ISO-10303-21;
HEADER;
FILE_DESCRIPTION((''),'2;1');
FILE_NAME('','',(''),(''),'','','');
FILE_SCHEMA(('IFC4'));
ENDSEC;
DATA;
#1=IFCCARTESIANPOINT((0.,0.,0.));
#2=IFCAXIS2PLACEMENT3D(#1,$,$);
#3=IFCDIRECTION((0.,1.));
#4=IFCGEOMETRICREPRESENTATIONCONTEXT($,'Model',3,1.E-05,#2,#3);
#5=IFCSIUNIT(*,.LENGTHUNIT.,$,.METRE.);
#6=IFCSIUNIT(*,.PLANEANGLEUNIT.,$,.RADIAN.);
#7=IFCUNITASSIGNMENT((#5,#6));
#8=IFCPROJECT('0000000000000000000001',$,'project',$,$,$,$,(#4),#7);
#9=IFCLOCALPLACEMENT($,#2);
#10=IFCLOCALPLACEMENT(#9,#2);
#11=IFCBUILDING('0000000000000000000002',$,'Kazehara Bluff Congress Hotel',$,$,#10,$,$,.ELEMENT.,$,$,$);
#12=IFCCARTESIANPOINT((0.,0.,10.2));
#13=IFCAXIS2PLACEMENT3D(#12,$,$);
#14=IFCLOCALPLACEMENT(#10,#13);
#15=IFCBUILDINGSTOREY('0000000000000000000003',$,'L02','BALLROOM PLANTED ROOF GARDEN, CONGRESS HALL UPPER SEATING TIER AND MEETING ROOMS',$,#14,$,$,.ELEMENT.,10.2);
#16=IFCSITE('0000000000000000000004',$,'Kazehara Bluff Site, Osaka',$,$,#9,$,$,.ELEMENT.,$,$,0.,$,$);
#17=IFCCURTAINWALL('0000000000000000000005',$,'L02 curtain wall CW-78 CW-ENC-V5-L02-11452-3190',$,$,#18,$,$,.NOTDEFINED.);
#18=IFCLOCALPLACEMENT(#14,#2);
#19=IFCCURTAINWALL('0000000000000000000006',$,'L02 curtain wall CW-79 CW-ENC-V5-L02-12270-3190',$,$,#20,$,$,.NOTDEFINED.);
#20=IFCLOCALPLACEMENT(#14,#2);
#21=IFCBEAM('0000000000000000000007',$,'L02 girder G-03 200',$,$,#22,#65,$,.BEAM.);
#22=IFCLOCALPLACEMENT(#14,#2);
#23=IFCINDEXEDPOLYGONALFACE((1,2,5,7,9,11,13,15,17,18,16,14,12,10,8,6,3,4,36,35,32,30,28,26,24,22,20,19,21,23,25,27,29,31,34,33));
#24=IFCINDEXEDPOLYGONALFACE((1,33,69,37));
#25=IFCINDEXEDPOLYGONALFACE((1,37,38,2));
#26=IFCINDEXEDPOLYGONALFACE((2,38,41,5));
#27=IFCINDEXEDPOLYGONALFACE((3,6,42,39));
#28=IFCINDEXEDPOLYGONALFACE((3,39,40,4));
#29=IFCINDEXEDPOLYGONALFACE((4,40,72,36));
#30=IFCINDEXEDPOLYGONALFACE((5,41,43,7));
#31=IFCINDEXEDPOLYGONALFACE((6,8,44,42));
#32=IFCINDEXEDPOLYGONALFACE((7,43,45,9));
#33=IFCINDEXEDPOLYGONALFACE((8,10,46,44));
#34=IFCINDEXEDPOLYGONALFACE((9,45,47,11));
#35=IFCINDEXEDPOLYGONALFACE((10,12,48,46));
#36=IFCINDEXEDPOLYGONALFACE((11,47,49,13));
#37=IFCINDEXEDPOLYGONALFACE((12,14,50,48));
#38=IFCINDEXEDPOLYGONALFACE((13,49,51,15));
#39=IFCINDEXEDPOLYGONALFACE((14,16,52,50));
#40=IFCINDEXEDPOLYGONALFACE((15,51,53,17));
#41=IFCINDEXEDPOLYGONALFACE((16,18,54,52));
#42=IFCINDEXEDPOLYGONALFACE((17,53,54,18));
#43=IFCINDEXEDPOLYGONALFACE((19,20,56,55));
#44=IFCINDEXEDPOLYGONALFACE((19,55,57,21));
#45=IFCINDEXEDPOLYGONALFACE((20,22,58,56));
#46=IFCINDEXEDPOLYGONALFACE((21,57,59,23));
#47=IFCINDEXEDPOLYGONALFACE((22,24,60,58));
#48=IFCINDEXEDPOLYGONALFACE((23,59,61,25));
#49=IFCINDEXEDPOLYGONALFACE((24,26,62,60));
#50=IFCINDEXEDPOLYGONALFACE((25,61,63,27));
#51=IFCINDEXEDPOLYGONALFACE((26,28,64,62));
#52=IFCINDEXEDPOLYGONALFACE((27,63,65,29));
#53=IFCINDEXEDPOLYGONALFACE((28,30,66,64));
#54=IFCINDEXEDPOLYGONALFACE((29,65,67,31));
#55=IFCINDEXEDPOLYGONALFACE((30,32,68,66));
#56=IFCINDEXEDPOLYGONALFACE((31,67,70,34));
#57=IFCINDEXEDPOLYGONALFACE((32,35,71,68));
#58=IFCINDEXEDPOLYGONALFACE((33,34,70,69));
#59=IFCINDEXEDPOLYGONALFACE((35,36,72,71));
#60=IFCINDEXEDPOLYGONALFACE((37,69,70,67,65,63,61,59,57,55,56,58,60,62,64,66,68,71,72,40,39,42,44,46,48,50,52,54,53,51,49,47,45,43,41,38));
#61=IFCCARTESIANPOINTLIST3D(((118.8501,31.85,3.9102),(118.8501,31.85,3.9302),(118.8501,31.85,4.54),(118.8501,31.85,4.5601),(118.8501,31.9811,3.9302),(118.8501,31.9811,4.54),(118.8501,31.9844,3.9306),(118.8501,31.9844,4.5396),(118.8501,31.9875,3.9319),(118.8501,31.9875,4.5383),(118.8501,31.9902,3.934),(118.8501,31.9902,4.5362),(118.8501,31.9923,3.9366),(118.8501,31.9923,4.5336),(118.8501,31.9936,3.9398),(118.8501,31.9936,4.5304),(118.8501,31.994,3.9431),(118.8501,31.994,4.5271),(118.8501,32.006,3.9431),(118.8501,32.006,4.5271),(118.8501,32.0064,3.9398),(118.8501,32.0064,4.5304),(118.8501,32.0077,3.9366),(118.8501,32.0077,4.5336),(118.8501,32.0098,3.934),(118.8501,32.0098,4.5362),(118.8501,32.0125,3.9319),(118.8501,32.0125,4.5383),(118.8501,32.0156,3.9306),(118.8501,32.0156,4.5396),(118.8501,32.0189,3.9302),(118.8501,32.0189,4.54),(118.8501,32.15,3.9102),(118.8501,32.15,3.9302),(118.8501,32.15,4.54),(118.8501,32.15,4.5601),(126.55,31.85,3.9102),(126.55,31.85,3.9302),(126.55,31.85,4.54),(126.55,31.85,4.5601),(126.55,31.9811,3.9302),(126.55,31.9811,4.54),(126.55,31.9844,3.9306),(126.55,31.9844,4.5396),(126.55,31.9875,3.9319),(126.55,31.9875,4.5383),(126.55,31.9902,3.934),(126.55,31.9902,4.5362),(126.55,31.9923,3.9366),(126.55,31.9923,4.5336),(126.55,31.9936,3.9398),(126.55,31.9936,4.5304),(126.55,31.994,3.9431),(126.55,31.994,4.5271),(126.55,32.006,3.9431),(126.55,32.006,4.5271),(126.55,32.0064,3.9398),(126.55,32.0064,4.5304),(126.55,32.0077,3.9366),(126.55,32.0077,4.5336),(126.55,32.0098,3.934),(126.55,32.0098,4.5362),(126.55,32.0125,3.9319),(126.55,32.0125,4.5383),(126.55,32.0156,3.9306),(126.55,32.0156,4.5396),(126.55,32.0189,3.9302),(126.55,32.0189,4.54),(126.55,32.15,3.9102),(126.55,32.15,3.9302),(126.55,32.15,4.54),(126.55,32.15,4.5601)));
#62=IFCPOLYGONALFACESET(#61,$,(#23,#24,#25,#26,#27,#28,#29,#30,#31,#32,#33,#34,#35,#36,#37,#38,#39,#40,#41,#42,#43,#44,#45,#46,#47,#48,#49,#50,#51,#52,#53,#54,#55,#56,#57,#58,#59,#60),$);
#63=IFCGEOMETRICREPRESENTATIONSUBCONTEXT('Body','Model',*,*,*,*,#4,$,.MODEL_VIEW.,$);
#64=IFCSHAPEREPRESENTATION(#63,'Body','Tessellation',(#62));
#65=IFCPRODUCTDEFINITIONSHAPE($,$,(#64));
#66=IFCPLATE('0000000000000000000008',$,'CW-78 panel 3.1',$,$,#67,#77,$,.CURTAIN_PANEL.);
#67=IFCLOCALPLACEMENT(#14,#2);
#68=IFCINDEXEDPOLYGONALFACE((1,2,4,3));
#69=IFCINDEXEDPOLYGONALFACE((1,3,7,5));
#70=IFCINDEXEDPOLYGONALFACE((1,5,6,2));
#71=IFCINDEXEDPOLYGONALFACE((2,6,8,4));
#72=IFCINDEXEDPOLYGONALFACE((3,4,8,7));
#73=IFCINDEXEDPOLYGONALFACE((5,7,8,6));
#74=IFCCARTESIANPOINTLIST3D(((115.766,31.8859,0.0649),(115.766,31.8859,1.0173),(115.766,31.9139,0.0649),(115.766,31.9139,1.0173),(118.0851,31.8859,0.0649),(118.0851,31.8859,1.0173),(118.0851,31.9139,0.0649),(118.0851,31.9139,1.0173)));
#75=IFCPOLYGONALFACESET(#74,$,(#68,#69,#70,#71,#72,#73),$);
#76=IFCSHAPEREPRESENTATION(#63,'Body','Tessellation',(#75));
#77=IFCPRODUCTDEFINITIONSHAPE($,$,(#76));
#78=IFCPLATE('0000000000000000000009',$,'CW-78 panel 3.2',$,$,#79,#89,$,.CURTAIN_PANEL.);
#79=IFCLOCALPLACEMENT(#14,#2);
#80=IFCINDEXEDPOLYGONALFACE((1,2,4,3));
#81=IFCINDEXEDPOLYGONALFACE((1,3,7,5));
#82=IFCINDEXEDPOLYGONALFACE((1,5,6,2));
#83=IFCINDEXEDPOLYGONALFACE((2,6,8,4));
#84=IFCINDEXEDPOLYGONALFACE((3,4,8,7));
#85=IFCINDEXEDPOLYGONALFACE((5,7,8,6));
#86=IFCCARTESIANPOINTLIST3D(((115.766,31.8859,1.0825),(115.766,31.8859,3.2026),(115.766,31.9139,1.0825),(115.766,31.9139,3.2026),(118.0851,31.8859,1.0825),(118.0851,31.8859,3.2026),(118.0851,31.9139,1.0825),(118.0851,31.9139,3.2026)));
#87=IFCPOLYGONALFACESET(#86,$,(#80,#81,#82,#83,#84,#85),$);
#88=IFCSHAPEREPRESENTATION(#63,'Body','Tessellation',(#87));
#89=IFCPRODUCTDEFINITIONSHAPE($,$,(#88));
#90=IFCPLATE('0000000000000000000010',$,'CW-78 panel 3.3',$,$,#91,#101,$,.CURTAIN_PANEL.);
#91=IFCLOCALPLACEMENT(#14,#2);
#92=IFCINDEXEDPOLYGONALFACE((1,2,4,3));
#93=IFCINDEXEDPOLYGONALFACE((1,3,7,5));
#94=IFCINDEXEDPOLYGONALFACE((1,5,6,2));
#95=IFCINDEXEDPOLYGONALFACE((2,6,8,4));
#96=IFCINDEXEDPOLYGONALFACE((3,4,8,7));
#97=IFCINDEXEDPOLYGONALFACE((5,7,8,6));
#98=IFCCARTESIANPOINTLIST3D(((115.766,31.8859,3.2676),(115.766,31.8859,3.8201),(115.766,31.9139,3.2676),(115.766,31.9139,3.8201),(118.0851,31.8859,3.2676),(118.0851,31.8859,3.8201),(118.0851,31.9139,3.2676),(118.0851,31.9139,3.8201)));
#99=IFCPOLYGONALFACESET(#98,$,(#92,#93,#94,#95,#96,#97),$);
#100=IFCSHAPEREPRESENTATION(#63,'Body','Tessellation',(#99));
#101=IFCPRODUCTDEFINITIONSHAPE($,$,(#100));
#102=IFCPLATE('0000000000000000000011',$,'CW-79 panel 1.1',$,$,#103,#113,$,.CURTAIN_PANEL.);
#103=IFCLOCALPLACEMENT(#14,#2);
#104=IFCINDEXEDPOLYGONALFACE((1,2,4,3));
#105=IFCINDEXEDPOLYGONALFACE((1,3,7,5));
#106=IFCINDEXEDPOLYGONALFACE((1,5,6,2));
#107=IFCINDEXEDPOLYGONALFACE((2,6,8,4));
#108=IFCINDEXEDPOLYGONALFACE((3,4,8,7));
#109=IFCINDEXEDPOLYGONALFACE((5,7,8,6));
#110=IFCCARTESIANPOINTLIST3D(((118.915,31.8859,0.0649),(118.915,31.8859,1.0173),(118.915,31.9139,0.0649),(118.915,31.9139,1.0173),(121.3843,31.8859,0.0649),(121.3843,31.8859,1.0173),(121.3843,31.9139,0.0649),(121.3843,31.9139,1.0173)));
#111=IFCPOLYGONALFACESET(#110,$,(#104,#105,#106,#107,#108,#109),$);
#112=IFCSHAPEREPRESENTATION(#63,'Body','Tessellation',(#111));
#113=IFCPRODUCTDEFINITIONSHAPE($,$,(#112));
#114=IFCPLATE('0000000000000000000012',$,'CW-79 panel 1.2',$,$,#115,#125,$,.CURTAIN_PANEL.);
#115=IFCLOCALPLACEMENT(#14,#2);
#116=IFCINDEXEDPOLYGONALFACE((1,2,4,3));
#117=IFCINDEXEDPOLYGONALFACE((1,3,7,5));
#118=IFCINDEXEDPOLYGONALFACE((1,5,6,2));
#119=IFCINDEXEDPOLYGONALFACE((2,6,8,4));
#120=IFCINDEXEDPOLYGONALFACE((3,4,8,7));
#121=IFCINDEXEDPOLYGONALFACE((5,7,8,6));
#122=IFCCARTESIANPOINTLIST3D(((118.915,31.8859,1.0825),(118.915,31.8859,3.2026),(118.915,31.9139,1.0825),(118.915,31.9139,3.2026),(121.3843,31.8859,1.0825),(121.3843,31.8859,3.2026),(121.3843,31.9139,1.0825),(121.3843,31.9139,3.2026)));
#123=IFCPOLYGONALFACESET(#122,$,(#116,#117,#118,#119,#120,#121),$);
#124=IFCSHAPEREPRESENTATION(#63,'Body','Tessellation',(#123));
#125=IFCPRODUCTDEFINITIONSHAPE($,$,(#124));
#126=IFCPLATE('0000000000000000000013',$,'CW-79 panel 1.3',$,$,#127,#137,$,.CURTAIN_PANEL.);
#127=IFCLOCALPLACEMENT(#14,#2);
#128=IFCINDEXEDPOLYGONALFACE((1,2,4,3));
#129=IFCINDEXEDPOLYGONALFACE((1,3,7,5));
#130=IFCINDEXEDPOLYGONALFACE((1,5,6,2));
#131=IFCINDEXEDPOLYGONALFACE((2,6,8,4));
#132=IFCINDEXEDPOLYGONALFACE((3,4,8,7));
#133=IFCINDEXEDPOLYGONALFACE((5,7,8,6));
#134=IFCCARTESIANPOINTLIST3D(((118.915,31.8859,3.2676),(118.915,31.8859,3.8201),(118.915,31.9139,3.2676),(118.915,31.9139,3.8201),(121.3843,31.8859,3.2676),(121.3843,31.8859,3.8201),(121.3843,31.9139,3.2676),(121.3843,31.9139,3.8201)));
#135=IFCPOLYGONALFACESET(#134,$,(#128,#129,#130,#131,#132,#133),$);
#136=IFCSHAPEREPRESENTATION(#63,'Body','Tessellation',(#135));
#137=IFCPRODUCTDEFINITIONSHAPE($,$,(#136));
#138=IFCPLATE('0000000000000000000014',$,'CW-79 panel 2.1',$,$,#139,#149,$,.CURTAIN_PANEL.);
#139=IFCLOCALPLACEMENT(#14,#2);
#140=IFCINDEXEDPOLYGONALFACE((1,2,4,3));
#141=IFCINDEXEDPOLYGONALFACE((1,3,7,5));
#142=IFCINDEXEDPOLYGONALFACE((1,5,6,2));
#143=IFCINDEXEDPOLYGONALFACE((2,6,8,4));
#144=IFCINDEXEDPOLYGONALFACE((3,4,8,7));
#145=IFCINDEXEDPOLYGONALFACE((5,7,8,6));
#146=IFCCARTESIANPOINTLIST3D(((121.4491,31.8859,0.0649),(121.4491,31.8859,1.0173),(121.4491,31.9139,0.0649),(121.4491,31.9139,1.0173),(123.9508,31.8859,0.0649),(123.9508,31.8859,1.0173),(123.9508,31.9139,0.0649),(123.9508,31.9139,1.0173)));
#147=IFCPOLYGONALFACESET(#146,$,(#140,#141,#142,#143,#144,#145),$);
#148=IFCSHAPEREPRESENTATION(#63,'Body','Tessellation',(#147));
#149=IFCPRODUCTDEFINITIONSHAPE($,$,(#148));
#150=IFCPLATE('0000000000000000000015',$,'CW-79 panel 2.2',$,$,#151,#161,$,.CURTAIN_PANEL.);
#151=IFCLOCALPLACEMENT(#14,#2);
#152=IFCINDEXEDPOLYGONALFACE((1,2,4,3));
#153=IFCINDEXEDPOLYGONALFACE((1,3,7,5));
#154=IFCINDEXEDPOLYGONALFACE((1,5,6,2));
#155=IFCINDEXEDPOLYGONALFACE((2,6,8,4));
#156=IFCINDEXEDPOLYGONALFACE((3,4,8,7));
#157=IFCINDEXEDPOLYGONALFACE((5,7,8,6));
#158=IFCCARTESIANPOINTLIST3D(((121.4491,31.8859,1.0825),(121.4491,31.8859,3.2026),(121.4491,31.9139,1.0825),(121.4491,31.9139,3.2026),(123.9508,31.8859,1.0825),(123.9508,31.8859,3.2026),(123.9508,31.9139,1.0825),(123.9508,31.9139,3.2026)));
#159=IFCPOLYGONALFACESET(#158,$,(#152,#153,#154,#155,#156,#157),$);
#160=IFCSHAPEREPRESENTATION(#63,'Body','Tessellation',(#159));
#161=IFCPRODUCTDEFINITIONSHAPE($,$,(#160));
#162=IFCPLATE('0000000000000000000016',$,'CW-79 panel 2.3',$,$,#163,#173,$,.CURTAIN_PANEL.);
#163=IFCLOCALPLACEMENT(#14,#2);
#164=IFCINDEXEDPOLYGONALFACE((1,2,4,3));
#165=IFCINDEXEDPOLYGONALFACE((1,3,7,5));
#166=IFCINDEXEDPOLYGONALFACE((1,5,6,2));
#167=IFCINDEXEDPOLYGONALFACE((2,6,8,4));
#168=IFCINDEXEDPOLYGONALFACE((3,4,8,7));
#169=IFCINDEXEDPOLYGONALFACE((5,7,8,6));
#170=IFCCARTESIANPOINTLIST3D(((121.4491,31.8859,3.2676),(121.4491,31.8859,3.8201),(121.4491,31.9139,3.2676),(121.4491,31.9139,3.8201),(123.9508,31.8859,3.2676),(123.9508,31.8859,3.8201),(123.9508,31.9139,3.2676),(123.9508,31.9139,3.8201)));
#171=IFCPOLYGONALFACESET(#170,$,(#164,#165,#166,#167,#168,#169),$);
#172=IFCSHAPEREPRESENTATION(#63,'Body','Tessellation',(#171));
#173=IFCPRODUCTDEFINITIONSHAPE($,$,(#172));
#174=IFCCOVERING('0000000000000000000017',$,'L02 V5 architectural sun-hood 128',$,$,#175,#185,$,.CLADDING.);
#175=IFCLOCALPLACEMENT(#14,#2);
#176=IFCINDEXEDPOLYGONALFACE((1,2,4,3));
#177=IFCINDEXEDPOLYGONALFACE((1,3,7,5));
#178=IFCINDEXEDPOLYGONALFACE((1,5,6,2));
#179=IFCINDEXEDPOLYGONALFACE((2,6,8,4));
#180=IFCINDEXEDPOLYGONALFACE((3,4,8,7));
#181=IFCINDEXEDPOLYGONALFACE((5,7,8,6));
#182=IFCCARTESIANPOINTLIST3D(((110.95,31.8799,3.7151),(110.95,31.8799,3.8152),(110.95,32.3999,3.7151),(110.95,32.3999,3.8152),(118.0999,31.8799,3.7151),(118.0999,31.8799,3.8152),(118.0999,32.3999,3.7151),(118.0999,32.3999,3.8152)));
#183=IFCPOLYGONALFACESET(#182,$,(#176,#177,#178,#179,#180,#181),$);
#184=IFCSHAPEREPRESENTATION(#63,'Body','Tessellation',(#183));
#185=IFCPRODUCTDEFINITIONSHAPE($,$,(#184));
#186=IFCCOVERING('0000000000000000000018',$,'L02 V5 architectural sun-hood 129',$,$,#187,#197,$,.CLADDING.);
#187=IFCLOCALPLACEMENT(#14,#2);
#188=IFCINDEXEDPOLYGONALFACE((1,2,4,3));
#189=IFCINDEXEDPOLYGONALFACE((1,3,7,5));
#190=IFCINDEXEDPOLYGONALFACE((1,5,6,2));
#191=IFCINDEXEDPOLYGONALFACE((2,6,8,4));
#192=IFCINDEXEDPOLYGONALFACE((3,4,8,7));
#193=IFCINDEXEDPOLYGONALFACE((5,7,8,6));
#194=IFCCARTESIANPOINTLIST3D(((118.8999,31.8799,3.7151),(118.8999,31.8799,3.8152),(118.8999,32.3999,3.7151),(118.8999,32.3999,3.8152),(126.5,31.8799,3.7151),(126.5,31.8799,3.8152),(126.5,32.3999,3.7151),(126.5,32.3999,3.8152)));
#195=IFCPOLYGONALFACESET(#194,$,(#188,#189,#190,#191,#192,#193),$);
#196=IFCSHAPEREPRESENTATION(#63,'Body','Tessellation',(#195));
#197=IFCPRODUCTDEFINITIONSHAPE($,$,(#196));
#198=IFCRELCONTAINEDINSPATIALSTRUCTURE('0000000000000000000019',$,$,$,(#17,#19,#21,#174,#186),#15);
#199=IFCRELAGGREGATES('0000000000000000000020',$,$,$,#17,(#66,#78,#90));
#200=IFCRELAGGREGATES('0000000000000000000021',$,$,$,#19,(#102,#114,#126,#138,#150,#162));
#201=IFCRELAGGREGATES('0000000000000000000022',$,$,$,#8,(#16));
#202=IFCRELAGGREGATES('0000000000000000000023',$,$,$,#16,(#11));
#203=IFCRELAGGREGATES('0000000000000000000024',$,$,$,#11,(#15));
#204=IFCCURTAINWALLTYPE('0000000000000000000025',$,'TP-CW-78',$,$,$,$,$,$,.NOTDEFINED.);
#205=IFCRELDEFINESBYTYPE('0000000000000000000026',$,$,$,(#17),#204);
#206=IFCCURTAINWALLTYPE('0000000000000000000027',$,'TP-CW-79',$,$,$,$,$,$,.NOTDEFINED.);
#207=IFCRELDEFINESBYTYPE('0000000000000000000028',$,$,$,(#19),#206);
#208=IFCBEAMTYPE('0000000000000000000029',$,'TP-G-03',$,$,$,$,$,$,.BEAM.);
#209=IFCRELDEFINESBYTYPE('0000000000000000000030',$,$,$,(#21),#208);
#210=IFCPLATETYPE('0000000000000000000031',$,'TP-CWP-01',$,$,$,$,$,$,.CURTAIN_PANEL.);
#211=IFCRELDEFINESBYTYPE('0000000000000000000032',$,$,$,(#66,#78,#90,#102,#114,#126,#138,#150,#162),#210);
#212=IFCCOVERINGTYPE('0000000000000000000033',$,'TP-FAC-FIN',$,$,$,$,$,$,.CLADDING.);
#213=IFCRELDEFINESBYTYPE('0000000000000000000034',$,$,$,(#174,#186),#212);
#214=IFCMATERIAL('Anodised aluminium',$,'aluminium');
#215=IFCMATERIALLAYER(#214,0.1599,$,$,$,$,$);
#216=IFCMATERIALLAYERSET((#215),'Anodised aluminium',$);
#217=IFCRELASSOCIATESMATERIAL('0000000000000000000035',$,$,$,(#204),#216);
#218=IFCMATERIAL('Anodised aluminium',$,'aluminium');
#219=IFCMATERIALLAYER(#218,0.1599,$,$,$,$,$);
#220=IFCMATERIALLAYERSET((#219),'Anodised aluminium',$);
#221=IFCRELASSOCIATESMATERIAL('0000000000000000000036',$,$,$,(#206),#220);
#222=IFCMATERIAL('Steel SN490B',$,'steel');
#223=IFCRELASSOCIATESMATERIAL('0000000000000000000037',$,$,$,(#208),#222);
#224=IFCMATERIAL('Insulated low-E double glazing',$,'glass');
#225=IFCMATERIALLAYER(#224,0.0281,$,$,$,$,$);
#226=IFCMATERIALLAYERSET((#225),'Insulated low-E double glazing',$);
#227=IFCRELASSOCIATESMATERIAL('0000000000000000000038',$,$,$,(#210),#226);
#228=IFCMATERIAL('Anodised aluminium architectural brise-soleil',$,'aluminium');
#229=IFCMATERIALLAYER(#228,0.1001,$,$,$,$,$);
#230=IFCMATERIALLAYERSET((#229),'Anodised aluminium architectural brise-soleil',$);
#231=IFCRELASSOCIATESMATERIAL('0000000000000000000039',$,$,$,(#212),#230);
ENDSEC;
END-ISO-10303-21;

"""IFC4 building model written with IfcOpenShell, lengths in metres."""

from ifc_helpers import new_model, si_unit, direction, frame, origin, origin_2d, place, context, subcontext, project, spatial, rectangle, i_section, extrude, material, layer, layer_set, material_profile, profile_set, type_object, element, aggregate, save


model = new_model("IFC4")

# Units and contexts
model_context = context("Model", 3, precision=1e-05, world=origin(), true_north=direction((0.0, 1.0)))
body_context = subcontext(model_context, "Body", "Model", "MODEL_VIEW")
ifc_project = project(units=[si_unit("LENGTHUNIT", "METRE"), si_unit("PLANEANGLEUNIT", "RADIAN")], contexts=[model_context])

# Site, building, storey
site_placement = place(None, origin())
site = spatial("IfcSite", under=ifc_project, at=site_placement, Name="Kazehara Bluff Site, Osaka", CompositionType="ELEMENT", RefElevation=0.0)
building_placement = place(site_placement, origin())
building = spatial("IfcBuilding", under=site, at=building_placement, Name="Kazehara Bluff Congress Hotel", CompositionType="ELEMENT")
storey_placement = place(building_placement, frame((0.0, 0.0, 10.2)))
storey = spatial("IfcBuildingStorey", under=building, at=storey_placement, Name="L02", Description="BALLROOM PLANTED ROOF GARDEN, CONGRESS HALL UPPER SEATING TIER AND MEETING ROOMS", CompositionType="ELEMENT", Elevation=10.2)

# Curtain wall
ifc_material_1 = material(Name="Anodised aluminium", Category="aluminium")
ifc_layer_1 = layer(ifc_material_1, 0.1599)
ifc_layer_set_1 = layer_set([ifc_layer_1], Name="Anodised aluminium")
curtain_wall_type_1 = type_object("IfcCurtainWallType", Name="TP-CW-78", PredefinedType="NOTDEFINED", material=ifc_layer_set_1)
curtain_wall_1_placement = place(storey_placement, origin())
curtain_wall_1 = element("IfcCurtainWall", 1, at=curtain_wall_1_placement, inside=storey, type_object=curtain_wall_type_1, Name="L02 curtain wall CW-78 CW-ENC-V5-L02-11452-3190", PredefinedType="NOTDEFINED")

# Curtain wall
ifc_material_2 = material(Name="Anodised aluminium", Category="aluminium")
ifc_layer_2 = layer(ifc_material_2, 0.1599)
ifc_layer_set_2 = layer_set([ifc_layer_2], Name="Anodised aluminium")
curtain_wall_type_2 = type_object("IfcCurtainWallType", Name="TP-CW-79", PredefinedType="NOTDEFINED", material=ifc_layer_set_2)
curtain_wall_2_placement = place(storey_placement, origin())
curtain_wall_2 = element("IfcCurtainWall", 2, at=curtain_wall_2_placement, inside=storey, type_object=curtain_wall_type_2, Name="L02 curtain wall CW-79 CW-ENC-V5-L02-12270-3190", PredefinedType="NOTDEFINED")

# Beam
ifc_material_3 = material(Name="Steel SN490B", Category="steel")
ifc_material_profile_1 = material_profile(ifc_material_3, i_section(OverallWidth=0.3, OverallDepth=0.6499, WebThickness=0.012, FlangeThickness=0.02, FilletRadius=0.0129, at=origin_2d()))
ifc_profile_set_1 = profile_set([ifc_material_profile_1], Name="Steel SN490B")
beam_type = type_object("IfcBeamType", Name="TP-G-03", PredefinedType="BEAM", material=ifc_profile_set_1)
beam_1_placement = place(storey_placement, frame((118.8501, 32.0, 4.2351), z_axis=(1.0, 0.0, 0.0), x_axis=(0.0, 1.0, 0.0)))
element("IfcBeam", 3, at=beam_1_placement, inside=storey, type_object=beam_type, Name="L02 girder G-03 200", PredefinedType="BEAM", context=body_context, shape_type="SweptSolid", body=[
    extrude(i_section(OverallWidth=0.3, OverallDepth=0.6499, WebThickness=0.012, FlangeThickness=0.02, FilletRadius=0.0129, at=origin_2d()), origin(), (0.0, 0.0, 1.0), 7.7),
])

# Plates
ifc_material_4 = material(Name="Insulated low-E double glazing", Category="glass")
ifc_layer_3 = layer(ifc_material_4, 0.0281)
ifc_layer_set_3 = layer_set([ifc_layer_3], Name="Insulated low-E double glazing")
plate_type = type_object("IfcPlateType", Name="TP-CWP-01", PredefinedType="CURTAIN_PANEL", material=ifc_layer_set_3)
plate_1_placement = place(storey_placement, frame((116.9255, 31.8999, 0.0649), z_axis=(0.0, 0.0, 1.0), x_axis=(1.0, 0.0, 0.0)))
plate_1 = element("IfcPlate", 4, at=plate_1_placement, type_object=plate_type, Name="CW-78 panel 3.1", PredefinedType="CURTAIN_PANEL", context=body_context, shape_type="SweptSolid", body=[
    extrude(rectangle(XDim=2.3191, YDim=0.0281, at=origin_2d()), origin(), (0.0, 0.0, 1.0), 0.9524),
])
plate_2_placement = place(storey_placement, frame((116.9255, 31.8999, 1.0825), z_axis=(0.0, 0.0, 1.0), x_axis=(1.0, 0.0, 0.0)))
plate_2 = element("IfcPlate", 5, at=plate_2_placement, type_object=plate_type, Name="CW-78 panel 3.2", PredefinedType="CURTAIN_PANEL", context=body_context, shape_type="SweptSolid", body=[
    extrude(rectangle(XDim=2.3191, YDim=0.0281, at=origin_2d()), origin(), (0.0, 0.0, 1.0), 2.1201),
])
plate_3_placement = place(storey_placement, frame((116.9255, 31.8999, 3.2676), z_axis=(0.0, 0.0, 1.0), x_axis=(1.0, 0.0, 0.0)))
plate_3 = element("IfcPlate", 6, at=plate_3_placement, type_object=plate_type, Name="CW-78 panel 3.3", PredefinedType="CURTAIN_PANEL", context=body_context, shape_type="SweptSolid", body=[
    extrude(rectangle(XDim=2.3191, YDim=0.0281, at=origin_2d()), origin(), (0.0, 0.0, 1.0), 0.5525),
])
aggregate(curtain_wall_1, [plate_1, plate_2, plate_3])
plate_4_placement = place(storey_placement, frame((120.1497, 31.8999, 0.0649), z_axis=(0.0, 0.0, 1.0), x_axis=(1.0, 0.0, 0.0)))
plate_4 = element("IfcPlate", 7, at=plate_4_placement, type_object=plate_type, Name="CW-79 panel 1.1", PredefinedType="CURTAIN_PANEL", context=body_context, shape_type="SweptSolid", body=[
    extrude(rectangle(XDim=2.4692, YDim=0.0281, at=origin_2d()), origin(), (0.0, 0.0, 1.0), 0.9524),
])
plate_5_placement = place(storey_placement, frame((120.1497, 31.8999, 1.0825), z_axis=(0.0, 0.0, 1.0), x_axis=(1.0, 0.0, 0.0)))
plate_5 = element("IfcPlate", 8, at=plate_5_placement, type_object=plate_type, Name="CW-79 panel 1.2", PredefinedType="CURTAIN_PANEL", context=body_context, shape_type="SweptSolid", body=[
    extrude(rectangle(XDim=2.4692, YDim=0.0281, at=origin_2d()), origin(), (0.0, 0.0, 1.0), 2.1201),
])
plate_6_placement = place(storey_placement, frame((120.1497, 31.8999, 3.2676), z_axis=(0.0, 0.0, 1.0), x_axis=(1.0, 0.0, 0.0)))
plate_6 = element("IfcPlate", 9, at=plate_6_placement, type_object=plate_type, Name="CW-79 panel 1.3", PredefinedType="CURTAIN_PANEL", context=body_context, shape_type="SweptSolid", body=[
    extrude(rectangle(XDim=2.4692, YDim=0.0281, at=origin_2d()), origin(), (0.0, 0.0, 1.0), 0.5525),
])
plate_7_placement = place(storey_placement, frame((122.7, 31.8999, 0.0649), z_axis=(0.0, 0.0, 1.0), x_axis=(1.0, 0.0, 0.0)))
plate_7 = element("IfcPlate", 10, at=plate_7_placement, type_object=plate_type, Name="CW-79 panel 2.1", PredefinedType="CURTAIN_PANEL", context=body_context, shape_type="SweptSolid", body=[
    extrude(rectangle(XDim=2.5017, YDim=0.0281, at=origin_2d()), origin(), (0.0, 0.0, 1.0), 0.9524),
])
plate_8_placement = place(storey_placement, frame((122.7, 31.8999, 1.0825), z_axis=(0.0, 0.0, 1.0), x_axis=(1.0, 0.0, 0.0)))
plate_8 = element("IfcPlate", 11, at=plate_8_placement, type_object=plate_type, Name="CW-79 panel 2.2", PredefinedType="CURTAIN_PANEL", context=body_context, shape_type="SweptSolid", body=[
    extrude(rectangle(XDim=2.5017, YDim=0.0281, at=origin_2d()), origin(), (0.0, 0.0, 1.0), 2.1201),
])
plate_9_placement = place(storey_placement, frame((122.7, 31.8999, 3.2676), z_axis=(0.0, 0.0, 1.0), x_axis=(1.0, 0.0, 0.0)))
plate_9 = element("IfcPlate", 12, at=plate_9_placement, type_object=plate_type, Name="CW-79 panel 2.3", PredefinedType="CURTAIN_PANEL", context=body_context, shape_type="SweptSolid", body=[
    extrude(rectangle(XDim=2.5017, YDim=0.0281, at=origin_2d()), origin(), (0.0, 0.0, 1.0), 0.5525),
])
aggregate(curtain_wall_2, [plate_4, plate_5, plate_6, plate_7, plate_8, plate_9])

# Coverings
ifc_material_5 = material(Name="Anodised aluminium architectural brise-soleil", Category="aluminium")
ifc_layer_4 = layer(ifc_material_5, 0.1001)
ifc_layer_set_4 = layer_set([ifc_layer_4], Name="Anodised aluminium architectural brise-soleil")
covering_type = type_object("IfcCoveringType", Name="TP-FAC-FIN", PredefinedType="CLADDING", material=ifc_layer_set_4)
covering_1_placement = place(storey_placement, frame((114.5249, 32.1399, 3.7151), z_axis=(0.0, 0.0, 1.0), x_axis=(1.0, 0.0, 0.0)))
element("IfcCovering", 13, at=covering_1_placement, inside=storey, type_object=covering_type, Name="L02 V5 architectural sun-hood 128", PredefinedType="CLADDING", context=body_context, shape_type="SweptSolid", body=[
    extrude(rectangle(XDim=7.1499, YDim=0.52, at=origin_2d()), origin(), (0.0, 0.0, 1.0), 0.1001),
])
covering_2_placement = place(storey_placement, frame((122.7, 32.1399, 3.7151), z_axis=(0.0, 0.0, 1.0), x_axis=(1.0, 0.0, 0.0)))
element("IfcCovering", 14, at=covering_2_placement, inside=storey, type_object=covering_type, Name="L02 V5 architectural sun-hood 129", PredefinedType="CLADDING", context=body_context, shape_type="SweptSolid", body=[
    extrude(rectangle(XDim=7.6001, YDim=0.52, at=origin_2d()), origin(), (0.0, 0.0, 1.0), 0.1001),
])

save(model, "model.ifc")
